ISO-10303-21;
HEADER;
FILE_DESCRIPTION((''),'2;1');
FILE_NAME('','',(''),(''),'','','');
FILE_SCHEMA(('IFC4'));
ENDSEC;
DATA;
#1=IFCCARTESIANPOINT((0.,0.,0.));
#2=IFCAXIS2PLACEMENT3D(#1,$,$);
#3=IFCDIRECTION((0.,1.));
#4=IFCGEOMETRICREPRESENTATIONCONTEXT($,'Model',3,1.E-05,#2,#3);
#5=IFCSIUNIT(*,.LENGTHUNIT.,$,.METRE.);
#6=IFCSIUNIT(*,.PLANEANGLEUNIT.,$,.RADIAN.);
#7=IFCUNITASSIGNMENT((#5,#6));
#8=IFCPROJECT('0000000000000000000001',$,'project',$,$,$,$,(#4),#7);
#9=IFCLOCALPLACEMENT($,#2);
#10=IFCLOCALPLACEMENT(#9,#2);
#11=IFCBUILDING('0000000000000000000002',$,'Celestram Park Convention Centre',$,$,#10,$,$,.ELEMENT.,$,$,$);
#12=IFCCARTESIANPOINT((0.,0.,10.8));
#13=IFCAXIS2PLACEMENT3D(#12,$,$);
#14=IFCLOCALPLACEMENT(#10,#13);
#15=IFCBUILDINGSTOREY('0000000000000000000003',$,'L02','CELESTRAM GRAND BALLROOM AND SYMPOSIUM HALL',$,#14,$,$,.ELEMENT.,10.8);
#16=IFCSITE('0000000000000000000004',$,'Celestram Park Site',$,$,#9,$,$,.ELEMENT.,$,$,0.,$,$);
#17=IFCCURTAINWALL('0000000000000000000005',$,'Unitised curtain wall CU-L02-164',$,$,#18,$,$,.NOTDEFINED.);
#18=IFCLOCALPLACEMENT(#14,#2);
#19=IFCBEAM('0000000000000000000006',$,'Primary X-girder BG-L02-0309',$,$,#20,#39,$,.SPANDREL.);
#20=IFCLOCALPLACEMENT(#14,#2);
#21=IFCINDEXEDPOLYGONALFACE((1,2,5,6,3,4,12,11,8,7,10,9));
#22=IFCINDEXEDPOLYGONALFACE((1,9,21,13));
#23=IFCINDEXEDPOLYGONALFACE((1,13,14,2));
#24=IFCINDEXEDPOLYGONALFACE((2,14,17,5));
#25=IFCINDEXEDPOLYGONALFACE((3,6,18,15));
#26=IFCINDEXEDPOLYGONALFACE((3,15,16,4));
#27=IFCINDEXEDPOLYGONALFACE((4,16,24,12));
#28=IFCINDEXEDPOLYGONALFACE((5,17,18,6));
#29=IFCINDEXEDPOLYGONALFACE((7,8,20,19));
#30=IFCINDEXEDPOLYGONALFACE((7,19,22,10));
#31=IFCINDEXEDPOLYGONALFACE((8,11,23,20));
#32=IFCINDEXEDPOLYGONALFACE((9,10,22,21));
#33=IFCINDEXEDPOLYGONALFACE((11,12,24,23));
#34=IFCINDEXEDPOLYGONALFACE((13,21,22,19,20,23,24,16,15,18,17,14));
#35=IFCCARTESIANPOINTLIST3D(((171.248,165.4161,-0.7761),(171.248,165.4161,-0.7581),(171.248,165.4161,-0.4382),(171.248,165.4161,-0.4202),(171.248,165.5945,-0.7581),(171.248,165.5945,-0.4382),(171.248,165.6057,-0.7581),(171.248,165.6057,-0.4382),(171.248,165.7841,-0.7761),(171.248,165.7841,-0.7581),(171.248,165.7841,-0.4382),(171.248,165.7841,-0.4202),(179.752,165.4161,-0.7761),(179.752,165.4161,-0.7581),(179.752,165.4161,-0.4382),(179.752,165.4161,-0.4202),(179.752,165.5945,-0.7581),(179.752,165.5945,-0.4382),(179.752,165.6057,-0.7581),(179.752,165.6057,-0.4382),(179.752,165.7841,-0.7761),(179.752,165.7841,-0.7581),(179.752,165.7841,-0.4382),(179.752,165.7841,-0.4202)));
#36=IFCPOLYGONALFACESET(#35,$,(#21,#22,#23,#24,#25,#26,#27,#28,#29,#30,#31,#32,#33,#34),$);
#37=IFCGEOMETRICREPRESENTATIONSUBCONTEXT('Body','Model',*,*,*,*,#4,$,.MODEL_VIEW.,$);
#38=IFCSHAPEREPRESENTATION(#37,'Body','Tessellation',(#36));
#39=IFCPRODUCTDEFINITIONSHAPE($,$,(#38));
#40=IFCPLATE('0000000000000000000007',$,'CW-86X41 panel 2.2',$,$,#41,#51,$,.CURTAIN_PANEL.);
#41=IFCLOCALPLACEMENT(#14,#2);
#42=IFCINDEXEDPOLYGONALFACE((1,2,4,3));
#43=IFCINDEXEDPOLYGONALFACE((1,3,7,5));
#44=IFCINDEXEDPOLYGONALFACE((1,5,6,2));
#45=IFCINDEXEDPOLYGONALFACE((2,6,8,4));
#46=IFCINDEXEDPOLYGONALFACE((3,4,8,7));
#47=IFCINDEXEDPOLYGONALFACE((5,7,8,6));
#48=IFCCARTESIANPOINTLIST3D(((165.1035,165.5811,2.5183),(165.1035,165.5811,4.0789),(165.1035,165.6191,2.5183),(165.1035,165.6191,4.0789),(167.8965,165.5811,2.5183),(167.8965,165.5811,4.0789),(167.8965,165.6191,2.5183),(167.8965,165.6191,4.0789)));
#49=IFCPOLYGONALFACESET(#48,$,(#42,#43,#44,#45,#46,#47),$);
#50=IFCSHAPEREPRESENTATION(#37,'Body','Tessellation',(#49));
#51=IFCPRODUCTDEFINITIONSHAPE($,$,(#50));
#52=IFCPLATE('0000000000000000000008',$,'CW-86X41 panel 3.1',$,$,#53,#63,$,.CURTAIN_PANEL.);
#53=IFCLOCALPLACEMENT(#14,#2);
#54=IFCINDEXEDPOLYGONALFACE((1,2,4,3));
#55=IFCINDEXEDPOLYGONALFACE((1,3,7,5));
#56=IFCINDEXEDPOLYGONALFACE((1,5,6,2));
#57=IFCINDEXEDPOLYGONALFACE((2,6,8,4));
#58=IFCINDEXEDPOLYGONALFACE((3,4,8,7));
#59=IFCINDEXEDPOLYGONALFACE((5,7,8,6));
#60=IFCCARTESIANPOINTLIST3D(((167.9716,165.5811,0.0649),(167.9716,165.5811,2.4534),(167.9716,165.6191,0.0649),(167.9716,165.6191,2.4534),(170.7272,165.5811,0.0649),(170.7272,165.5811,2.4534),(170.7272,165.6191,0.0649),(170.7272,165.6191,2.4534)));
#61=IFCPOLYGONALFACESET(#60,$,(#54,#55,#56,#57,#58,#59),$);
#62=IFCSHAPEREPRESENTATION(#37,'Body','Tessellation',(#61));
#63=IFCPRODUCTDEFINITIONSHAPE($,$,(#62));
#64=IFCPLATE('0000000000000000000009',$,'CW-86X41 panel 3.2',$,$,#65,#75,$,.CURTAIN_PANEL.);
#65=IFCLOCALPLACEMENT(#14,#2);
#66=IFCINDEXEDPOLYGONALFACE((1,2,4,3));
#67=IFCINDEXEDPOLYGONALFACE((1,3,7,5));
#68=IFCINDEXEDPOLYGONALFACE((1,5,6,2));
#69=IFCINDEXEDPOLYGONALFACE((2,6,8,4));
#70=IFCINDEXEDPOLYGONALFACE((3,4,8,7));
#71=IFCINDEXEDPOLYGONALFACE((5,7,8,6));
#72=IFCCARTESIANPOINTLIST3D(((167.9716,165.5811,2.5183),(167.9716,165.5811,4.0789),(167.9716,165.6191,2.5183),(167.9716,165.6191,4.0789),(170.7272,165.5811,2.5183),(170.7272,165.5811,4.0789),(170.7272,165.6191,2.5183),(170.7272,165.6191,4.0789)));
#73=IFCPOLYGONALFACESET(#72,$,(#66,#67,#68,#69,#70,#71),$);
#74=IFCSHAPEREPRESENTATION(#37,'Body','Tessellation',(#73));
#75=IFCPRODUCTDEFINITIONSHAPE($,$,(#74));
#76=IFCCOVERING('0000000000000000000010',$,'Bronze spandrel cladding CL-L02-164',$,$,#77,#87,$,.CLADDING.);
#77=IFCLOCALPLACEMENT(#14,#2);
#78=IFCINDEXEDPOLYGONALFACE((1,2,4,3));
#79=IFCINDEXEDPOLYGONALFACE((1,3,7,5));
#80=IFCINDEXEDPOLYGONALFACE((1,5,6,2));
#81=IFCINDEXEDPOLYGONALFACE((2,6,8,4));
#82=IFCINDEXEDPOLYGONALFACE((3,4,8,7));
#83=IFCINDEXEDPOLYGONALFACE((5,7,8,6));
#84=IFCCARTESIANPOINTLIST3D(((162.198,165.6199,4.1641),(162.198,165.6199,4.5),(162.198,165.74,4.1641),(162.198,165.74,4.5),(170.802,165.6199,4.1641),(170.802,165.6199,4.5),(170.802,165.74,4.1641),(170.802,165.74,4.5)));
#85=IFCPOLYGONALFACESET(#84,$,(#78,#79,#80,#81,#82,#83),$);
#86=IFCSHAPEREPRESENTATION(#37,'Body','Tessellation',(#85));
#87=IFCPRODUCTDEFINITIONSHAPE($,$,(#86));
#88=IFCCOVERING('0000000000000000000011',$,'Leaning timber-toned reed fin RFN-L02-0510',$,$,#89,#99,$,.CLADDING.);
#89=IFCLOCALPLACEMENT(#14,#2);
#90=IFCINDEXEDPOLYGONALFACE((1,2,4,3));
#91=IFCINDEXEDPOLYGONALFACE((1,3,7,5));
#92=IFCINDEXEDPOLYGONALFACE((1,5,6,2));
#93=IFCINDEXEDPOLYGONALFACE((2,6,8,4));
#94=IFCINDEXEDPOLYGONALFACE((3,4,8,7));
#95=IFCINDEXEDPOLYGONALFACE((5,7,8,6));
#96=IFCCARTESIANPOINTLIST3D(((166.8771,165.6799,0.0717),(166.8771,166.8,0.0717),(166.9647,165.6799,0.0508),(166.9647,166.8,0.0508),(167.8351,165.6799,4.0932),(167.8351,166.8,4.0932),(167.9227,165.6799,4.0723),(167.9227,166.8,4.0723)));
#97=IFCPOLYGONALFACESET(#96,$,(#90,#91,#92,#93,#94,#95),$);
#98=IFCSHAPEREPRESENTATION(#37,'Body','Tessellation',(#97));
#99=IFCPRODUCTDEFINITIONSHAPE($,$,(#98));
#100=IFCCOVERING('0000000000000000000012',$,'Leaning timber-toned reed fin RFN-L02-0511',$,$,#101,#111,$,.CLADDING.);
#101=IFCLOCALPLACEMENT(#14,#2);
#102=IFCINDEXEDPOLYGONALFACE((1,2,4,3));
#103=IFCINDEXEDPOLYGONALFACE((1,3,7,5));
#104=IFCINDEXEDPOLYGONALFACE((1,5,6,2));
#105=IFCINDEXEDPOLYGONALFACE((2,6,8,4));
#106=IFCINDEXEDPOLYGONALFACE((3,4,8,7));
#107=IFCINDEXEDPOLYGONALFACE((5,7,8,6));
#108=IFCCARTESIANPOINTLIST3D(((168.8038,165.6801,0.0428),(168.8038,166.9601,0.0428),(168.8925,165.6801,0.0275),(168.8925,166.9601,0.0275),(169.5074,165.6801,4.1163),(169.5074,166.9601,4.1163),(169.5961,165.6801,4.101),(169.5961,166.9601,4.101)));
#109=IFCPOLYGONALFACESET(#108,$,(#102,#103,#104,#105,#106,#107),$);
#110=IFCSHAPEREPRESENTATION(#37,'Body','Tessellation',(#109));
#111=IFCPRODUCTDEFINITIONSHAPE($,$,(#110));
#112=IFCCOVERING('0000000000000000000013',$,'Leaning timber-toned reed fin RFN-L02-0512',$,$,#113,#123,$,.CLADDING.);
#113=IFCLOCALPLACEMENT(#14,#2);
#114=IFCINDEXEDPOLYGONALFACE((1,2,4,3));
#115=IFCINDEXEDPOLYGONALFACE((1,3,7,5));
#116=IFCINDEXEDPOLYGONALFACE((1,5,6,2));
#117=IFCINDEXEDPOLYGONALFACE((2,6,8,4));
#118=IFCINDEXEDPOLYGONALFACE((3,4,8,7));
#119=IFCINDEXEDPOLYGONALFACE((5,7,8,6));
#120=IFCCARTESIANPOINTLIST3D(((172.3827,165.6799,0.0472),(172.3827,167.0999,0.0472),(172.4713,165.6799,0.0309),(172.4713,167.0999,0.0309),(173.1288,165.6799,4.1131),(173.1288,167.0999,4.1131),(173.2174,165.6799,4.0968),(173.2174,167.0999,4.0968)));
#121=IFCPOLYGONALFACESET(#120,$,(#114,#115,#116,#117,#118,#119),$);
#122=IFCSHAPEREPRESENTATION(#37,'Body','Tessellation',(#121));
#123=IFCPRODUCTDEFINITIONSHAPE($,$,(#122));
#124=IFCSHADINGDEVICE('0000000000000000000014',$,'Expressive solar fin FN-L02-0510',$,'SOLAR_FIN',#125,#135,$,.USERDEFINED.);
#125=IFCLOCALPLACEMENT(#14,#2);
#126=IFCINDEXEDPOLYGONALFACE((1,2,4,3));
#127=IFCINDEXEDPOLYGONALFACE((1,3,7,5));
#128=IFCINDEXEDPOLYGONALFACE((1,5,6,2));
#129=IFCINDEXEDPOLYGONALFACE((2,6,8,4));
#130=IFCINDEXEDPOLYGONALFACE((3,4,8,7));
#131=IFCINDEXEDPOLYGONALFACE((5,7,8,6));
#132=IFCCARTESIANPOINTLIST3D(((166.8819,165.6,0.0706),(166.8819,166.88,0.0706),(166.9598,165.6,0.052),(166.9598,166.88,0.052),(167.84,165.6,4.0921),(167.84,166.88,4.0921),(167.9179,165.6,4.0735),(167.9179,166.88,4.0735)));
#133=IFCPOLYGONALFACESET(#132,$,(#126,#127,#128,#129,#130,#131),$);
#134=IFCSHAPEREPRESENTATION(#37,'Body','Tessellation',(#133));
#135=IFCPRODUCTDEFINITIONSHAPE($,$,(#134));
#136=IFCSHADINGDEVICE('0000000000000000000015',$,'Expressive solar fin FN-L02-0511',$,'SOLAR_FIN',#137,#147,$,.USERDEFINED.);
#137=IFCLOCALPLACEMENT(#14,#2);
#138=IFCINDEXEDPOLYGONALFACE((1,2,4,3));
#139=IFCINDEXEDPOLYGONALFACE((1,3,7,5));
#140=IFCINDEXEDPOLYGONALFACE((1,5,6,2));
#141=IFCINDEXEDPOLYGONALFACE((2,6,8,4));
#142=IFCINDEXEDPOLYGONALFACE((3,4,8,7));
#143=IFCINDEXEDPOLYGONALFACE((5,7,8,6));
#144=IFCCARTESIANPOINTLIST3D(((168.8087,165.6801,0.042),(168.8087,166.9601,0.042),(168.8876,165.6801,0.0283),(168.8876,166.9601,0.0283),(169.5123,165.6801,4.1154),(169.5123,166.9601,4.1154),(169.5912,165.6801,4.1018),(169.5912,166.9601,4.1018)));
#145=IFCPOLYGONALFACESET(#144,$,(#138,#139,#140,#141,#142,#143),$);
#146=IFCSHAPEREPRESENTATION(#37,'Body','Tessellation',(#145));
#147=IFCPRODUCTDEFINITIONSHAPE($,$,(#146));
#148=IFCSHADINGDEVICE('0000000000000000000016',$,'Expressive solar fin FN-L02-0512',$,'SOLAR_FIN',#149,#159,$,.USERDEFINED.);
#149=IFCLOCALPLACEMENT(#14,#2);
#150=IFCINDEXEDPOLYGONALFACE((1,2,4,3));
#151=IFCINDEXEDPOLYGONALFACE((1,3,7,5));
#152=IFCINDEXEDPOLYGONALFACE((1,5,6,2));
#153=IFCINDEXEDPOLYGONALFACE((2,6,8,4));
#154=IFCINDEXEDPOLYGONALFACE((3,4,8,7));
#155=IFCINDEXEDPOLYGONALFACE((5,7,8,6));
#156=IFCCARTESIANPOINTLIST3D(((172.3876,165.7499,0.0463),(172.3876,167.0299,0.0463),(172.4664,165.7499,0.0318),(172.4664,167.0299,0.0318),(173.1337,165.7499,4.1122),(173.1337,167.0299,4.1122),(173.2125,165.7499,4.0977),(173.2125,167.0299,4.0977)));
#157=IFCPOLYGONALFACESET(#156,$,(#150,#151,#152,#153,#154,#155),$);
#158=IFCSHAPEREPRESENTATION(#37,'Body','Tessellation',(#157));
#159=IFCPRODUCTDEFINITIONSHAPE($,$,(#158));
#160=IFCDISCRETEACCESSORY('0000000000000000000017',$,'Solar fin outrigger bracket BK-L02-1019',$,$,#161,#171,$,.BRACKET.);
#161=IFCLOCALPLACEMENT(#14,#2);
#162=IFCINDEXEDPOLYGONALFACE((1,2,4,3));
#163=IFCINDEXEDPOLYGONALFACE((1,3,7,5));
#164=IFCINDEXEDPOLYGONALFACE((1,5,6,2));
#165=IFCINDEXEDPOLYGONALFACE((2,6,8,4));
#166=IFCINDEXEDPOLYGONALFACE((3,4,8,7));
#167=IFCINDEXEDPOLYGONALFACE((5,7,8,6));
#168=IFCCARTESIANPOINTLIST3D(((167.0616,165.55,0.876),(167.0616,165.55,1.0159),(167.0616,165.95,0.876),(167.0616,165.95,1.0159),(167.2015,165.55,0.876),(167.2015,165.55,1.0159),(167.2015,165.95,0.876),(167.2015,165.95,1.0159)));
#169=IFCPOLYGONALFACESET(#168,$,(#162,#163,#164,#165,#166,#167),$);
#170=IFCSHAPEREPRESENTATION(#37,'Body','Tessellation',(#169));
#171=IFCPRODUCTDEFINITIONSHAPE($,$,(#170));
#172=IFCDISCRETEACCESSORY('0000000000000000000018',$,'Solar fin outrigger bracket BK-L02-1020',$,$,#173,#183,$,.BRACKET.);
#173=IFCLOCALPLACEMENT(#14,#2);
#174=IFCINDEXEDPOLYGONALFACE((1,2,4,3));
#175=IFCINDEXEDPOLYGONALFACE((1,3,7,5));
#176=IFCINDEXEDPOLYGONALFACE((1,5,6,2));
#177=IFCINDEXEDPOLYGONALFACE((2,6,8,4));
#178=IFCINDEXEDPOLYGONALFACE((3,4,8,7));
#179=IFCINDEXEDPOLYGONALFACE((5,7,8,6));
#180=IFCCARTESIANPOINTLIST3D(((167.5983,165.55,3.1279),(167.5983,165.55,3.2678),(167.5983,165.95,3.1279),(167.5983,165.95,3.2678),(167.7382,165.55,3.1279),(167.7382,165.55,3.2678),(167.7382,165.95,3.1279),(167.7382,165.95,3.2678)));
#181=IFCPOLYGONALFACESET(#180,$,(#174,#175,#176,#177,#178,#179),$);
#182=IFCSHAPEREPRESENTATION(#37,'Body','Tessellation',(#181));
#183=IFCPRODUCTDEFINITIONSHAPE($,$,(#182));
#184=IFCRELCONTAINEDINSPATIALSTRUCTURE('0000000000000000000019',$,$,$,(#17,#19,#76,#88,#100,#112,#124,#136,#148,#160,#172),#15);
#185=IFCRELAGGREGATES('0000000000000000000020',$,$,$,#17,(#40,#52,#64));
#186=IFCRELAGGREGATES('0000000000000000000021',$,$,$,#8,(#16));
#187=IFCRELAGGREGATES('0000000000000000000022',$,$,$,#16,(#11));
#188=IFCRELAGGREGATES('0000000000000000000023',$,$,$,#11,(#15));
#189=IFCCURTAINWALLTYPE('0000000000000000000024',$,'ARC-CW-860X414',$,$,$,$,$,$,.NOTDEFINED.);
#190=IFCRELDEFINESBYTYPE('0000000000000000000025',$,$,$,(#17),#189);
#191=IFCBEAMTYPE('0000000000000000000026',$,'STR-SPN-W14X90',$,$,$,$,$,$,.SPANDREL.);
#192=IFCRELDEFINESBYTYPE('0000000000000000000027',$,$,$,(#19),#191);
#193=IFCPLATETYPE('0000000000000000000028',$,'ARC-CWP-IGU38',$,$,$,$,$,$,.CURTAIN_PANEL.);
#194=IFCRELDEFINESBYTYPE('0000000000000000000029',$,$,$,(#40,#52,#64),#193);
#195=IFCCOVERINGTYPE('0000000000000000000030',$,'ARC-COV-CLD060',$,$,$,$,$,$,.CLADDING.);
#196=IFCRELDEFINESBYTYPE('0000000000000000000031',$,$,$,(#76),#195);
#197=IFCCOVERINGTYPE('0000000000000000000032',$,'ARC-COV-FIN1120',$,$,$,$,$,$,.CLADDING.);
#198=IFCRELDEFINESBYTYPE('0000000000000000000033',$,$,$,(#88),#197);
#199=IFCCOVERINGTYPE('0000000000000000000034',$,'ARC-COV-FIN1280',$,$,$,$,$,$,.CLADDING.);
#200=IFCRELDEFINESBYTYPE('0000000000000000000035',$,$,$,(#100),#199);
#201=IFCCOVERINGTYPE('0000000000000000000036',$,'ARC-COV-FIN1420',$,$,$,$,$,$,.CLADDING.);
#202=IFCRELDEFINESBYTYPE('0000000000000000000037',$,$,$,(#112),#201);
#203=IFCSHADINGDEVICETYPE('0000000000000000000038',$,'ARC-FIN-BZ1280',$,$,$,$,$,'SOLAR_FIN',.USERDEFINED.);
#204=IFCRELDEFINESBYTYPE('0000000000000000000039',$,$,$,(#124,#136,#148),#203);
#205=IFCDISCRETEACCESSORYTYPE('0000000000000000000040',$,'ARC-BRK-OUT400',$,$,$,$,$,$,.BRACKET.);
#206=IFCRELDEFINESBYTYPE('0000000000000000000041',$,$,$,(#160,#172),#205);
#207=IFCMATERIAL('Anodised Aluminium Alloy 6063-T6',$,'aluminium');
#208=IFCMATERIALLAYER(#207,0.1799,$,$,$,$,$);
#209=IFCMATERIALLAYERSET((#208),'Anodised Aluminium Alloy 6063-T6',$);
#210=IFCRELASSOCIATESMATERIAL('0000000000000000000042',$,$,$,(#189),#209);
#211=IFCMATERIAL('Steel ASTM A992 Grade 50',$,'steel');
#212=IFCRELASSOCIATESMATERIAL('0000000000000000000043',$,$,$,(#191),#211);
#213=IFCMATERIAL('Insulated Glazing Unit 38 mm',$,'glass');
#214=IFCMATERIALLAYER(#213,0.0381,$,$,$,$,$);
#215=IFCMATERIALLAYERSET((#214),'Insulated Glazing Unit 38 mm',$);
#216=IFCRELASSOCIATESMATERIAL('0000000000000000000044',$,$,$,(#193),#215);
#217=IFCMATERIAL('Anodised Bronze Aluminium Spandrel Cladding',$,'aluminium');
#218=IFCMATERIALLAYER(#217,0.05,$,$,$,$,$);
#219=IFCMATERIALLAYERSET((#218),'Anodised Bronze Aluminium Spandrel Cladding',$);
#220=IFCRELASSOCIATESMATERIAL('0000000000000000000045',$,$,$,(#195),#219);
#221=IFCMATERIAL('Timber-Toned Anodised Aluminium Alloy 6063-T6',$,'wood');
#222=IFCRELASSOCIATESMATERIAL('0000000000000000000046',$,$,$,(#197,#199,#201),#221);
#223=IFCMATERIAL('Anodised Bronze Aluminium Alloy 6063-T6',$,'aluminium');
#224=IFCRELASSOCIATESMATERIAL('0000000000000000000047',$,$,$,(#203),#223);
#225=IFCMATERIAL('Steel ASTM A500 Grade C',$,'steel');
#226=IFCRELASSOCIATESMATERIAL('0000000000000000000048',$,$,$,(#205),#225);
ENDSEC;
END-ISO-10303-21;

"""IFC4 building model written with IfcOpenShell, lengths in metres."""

from ifc_helpers import new_model, si_unit, direction, frame, origin, origin_2d, place, context, subcontext, project, spatial, rectangle, i_section, extrude, material, layer, layer_set, material_profile, profile_set, type_object, element, aggregate, save


model = new_model("IFC4")

# Units and contexts
model_context = context("Model", 3, precision=1e-05, world=origin(), true_north=direction((0.0, 1.0)))
body_context = subcontext(model_context, "Body", "Model", "MODEL_VIEW")
ifc_project = project(units=[si_unit("LENGTHUNIT", "METRE"), si_unit("PLANEANGLEUNIT", "RADIAN")], contexts=[model_context])

# Site, building, storey
site_placement = place(None, origin())
site = spatial("IfcSite", under=ifc_project, at=site_placement, Name="Celestram Park Site", CompositionType="ELEMENT", RefElevation=0.0)
building_placement = place(site_placement, origin())
building = spatial("IfcBuilding", under=site, at=building_placement, Name="Celestram Park Convention Centre", CompositionType="ELEMENT")
storey_placement = place(building_placement, frame((0.0, 0.0, 10.8)))
storey = spatial("IfcBuildingStorey", under=building, at=storey_placement, Name="L02", Description="CELESTRAM GRAND BALLROOM AND SYMPOSIUM HALL", CompositionType="ELEMENT", Elevation=10.8)

# Shared definitions
ifc_material_1 = material(Name="Steel ASTM A500 Grade C", Category="steel")

# Curtain wall
ifc_material_2 = material(Name="Anodised Aluminium Alloy 6063-T6", Category="aluminium")
ifc_layer_1 = layer(ifc_material_2, 0.1799)
ifc_layer_set_1 = layer_set([ifc_layer_1], Name="Anodised Aluminium Alloy 6063-T6")
curtain_wall_type = type_object("IfcCurtainWallType", Name="ARC-CW-860X414", PredefinedType="NOTDEFINED", material=ifc_layer_set_1)
curtain_wall_1_placement = place(storey_placement, origin())
curtain_wall_1 = element("IfcCurtainWall", 1, at=curtain_wall_1_placement, inside=storey, type_object=curtain_wall_type, Name="Unitised curtain wall CU-L02-164", PredefinedType="NOTDEFINED")

# Beam
ifc_material_3 = material(Name="Steel ASTM A992 Grade 50", Category="steel")
ifc_material_profile_1 = material_profile(ifc_material_3, i_section(OverallWidth=0.3679, OverallDepth=0.356, WebThickness=0.0112, FlangeThickness=0.0181, at=origin_2d()), Name="W14X90")
ifc_profile_set_1 = profile_set([ifc_material_profile_1], Name="Steel ASTM A992 Grade 50")
beam_type = type_object("IfcBeamType", Name="STR-SPN-W14X90", PredefinedType="SPANDREL", material=ifc_profile_set_1)
beam_placement = place(storey_placement, frame((171.248, 165.6001, -0.5981), z_axis=(1.0, 0.0, 0.0), x_axis=(0.0, 1.0, 0.0)))
element("IfcBeam", 2, at=beam_placement, inside=storey, type_object=beam_type, Name="Primary X-girder BG-L02-0309", PredefinedType="SPANDREL", context=body_context, shape_type="SweptSolid", body=[
    extrude(i_section(OverallWidth=0.3679, OverallDepth=0.356, WebThickness=0.0112, FlangeThickness=0.0181, at=origin_2d()), origin(), (0.0, 0.0, 1.0), 8.5039),
])

# Plates
ifc_material_4 = material(Name="Insulated Glazing Unit 38 mm", Category="glass")
ifc_layer_2 = layer(ifc_material_4, 0.0381)
ifc_layer_set_2 = layer_set([ifc_layer_2], Name="Insulated Glazing Unit 38 mm")
plate_type = type_object("IfcPlateType", Name="ARC-CWP-IGU38", PredefinedType="CURTAIN_PANEL", material=ifc_layer_set_2)
plate_1_placement = place(storey_placement, frame((166.5, 165.6001, 2.5183), z_axis=(0.0, 0.0, 1.0), x_axis=(1.0, 0.0, 0.0)))
plate_1 = element("IfcPlate", 3, at=plate_1_placement, type_object=plate_type, Name="CW-86X41 panel 2.2", PredefinedType="CURTAIN_PANEL", context=body_context, shape_type="SweptSolid", body=[
    extrude(rectangle(XDim=2.793, YDim=0.0381, at=origin_2d()), origin(), (0.0, 0.0, 1.0), 1.5605),
])
plate_2_placement = place(storey_placement, frame((169.3494, 165.6001, 0.0649), z_axis=(0.0, 0.0, 1.0), x_axis=(1.0, 0.0, 0.0)))
plate_2 = element("IfcPlate", 4, at=plate_2_placement, type_object=plate_type, Name="CW-86X41 panel 3.1", PredefinedType="CURTAIN_PANEL", context=body_context, shape_type="SweptSolid", body=[
    extrude(rectangle(XDim=2.7556, YDim=0.0381, at=origin_2d()), origin(), (0.0, 0.0, 1.0), 2.3884),
])
plate_3_placement = place(storey_placement, frame((169.3494, 165.6001, 2.5183), z_axis=(0.0, 0.0, 1.0), x_axis=(1.0, 0.0, 0.0)))
plate_3 = element("IfcPlate", 5, at=plate_3_placement, type_object=plate_type, Name="CW-86X41 panel 3.2", PredefinedType="CURTAIN_PANEL", context=body_context, shape_type="SweptSolid", body=[
    extrude(rectangle(XDim=2.7556, YDim=0.0381, at=origin_2d()), origin(), (0.0, 0.0, 1.0), 1.5605),
])
aggregate(curtain_wall_1, [plate_1, plate_2, plate_3])

# Coverings
ifc_material_5 = material(Name="Anodised Bronze Aluminium Spandrel Cladding", Category="aluminium")
ifc_layer_3 = layer(ifc_material_5, 0.05)
ifc_layer_set_3 = layer_set([ifc_layer_3], Name="Anodised Bronze Aluminium Spandrel Cladding")
covering_type_1 = type_object("IfcCoveringType", Name="ARC-COV-CLD060", PredefinedType="CLADDING", material=ifc_layer_set_3)
covering_1_placement = place(storey_placement, frame((166.5, 165.6799, 4.1641), z_axis=(0.0, 0.0, 1.0), x_axis=(1.0, 0.0, 0.0)))
element("IfcCovering", 6, at=covering_1_placement, inside=storey, type_object=covering_type_1, Name="Bronze spandrel cladding CL-L02-164", PredefinedType="CLADDING", context=body_context, shape_type="SweptSolid", body=[
    extrude(rectangle(XDim=8.604, YDim=0.1201, at=origin_2d()), origin(), (0.0, 0.0, 1.0), 0.3359),
])
ifc_material_6 = material(Name="Timber-Toned Anodised Aluminium Alloy 6063-T6", Category="wood")
ifc_material_profile_2 = material_profile(ifc_material_6, rectangle(XDim=1.1201, YDim=0.0901, at=origin_2d()), Name="REED1120X90")
ifc_profile_set_2 = profile_set([ifc_material_profile_2], Name="Timber-Toned Anodised Aluminium Alloy 6063-T6")
covering_type_2 = type_object("IfcCoveringType", Name="ARC-COV-FIN1120", PredefinedType="CLADDING", material=ifc_profile_set_2)
covering_2_placement = place(storey_placement, frame((166.9209, 166.24, 0.0613), z_axis=(0.231738, 0.0, 0.972778), x_axis=(0.0, 1.0, 0.0)))
element("IfcCovering", 7, at=covering_2_placement, inside=storey, type_object=covering_type_2, Name="Leaning timber-toned reed fin RFN-L02-0510", PredefinedType="CLADDING", context=body_context, shape_type="SweptSolid", body=[
    extrude(rectangle(XDim=1.1201, YDim=0.0901, at=origin_2d()), origin(), (0.0, 0.0, 1.0), 4.134),
])
ifc_material_profile_3 = material_profile(ifc_material_6, rectangle(XDim=1.28, YDim=0.0901, at=origin_2d()), Name="REED1280X90")
ifc_profile_set_3 = profile_set([ifc_material_profile_3], Name="Timber-Toned Anodised Aluminium Alloy 6063-T6")
covering_type_3 = type_object("IfcCoveringType", Name="ARC-COV-FIN1280", PredefinedType="CLADDING", material=ifc_profile_set_3)
covering_3_placement = place(storey_placement, frame((168.8481, 166.3201, 0.0352), z_axis=(0.17021, 0.0, 0.985408), x_axis=(0.0, 1.0, 0.0)))
element("IfcCovering", 8, at=covering_3_placement, inside=storey, type_object=covering_type_3, Name="Leaning timber-toned reed fin RFN-L02-0511", PredefinedType="CLADDING", context=body_context, shape_type="SweptSolid", body=[
    extrude(rectangle(XDim=1.28, YDim=0.0901, at=origin_2d()), origin(), (0.0, 0.0, 1.0), 4.1338),
])
ifc_material_profile_4 = material_profile(ifc_material_6, rectangle(XDim=1.4199, YDim=0.0901, at=origin_2d()), Name="REED1420X90")
ifc_profile_set_4 = profile_set([ifc_material_profile_4], Name="Timber-Toned Anodised Aluminium Alloy 6063-T6")
covering_type_4 = type_object("IfcCoveringType", Name="ARC-COV-FIN1420", PredefinedType="CLADDING", material=ifc_profile_set_4)
covering_4_placement = place(storey_placement, frame((172.427, 166.3899, 0.0391), z_axis=(0.180486, 0.0, 0.983578), x_axis=(0.0, 1.0, 0.0)))
element("IfcCovering", 9, at=covering_4_placement, inside=storey, type_object=covering_type_4, Name="Leaning timber-toned reed fin RFN-L02-0512", PredefinedType="CLADDING", context=body_context, shape_type="SweptSolid", body=[
    extrude(rectangle(XDim=1.4199, YDim=0.0901, at=origin_2d()), origin(), (0.0, 0.0, 1.0), 4.1338),
])

# Shading devices
ifc_material_7 = material(Name="Anodised Bronze Aluminium Alloy 6063-T6", Category="aluminium")
ifc_material_profile_5 = material_profile(ifc_material_7, rectangle(XDim=1.28, YDim=0.0801, at=origin_2d()), Name="FIN1280X80")
ifc_profile_set_5 = profile_set([ifc_material_profile_5], Name="Anodised Bronze Aluminium Alloy 6063-T6")
shading_device_type = type_object("IfcShadingDeviceType", Name="ARC-FIN-BZ1280", ElementType="SOLAR_FIN", PredefinedType="USERDEFINED", material=ifc_profile_set_5)
shading_device_placement = place(storey_placement, frame((166.9209, 166.24, 0.0613), z_axis=(0.231738, 0.0, 0.972778), x_axis=(0.0, 1.0, 0.0)))
element("IfcShadingDevice", 10, at=shading_device_placement, inside=storey, type_object=shading_device_type, Name="Expressive solar fin FN-L02-0510", ObjectType="SOLAR_FIN", PredefinedType="USERDEFINED", context=body_context, shape_type="SweptSolid", body=[
    extrude(rectangle(XDim=1.28, YDim=0.0801, at=origin_2d()), origin(), (0.0, 0.0, 1.0), 4.134),
])
for number, where, z_axis, x_axis, name in (
    (11, (168.8481, 166.3201, 0.0352), (0.17021, 0.0, 0.985408), (0.0, 1.0, 0.0), "Expressive solar fin FN-L02-0511"),
    (12, (172.427, 166.3899, 0.0391), (0.180486, 0.0, 0.983578), (0.0, 1.0, 0.0), "Expressive solar fin FN-L02-0512"),
):
    element("IfcShadingDevice", number, at=place(storey_placement, frame(where, z_axis=z_axis, x_axis=x_axis)), inside=storey, type_object=shading_device_type, Name=name, ObjectType="SOLAR_FIN", PredefinedType="USERDEFINED", context=body_context, shape_type="SweptSolid", body=[
        extrude(rectangle(XDim=1.28, YDim=0.0801, at=origin_2d()), origin(), (0.0, 0.0, 1.0), 4.1338),
    ])

# Discrete accessories
discrete_accessory_type = type_object("IfcDiscreteAccessoryType", Name="ARC-BRK-OUT400", PredefinedType="BRACKET", material=ifc_material_1)
for number, where, z_axis, x_axis, name in (
    (13, (167.1316, 165.75, 0.876), (0.0, 0.0, 1.0), (0.0, 1.0, 0.0), "Solar fin outrigger bracket BK-L02-1019"),
    (14, (167.6682, 165.75, 3.1279), (0.0, 0.0, 1.0), (0.0, 1.0, 0.0), "Solar fin outrigger bracket BK-L02-1020"),
):
    element("IfcDiscreteAccessory", number, at=place(storey_placement, frame(where, z_axis=z_axis, x_axis=x_axis)), inside=storey, type_object=discrete_accessory_type, Name=name, PredefinedType="BRACKET", context=body_context, shape_type="SweptSolid", body=[
        extrude(rectangle(XDim=0.3999, YDim=0.1399, at=origin_2d()), origin(), (0.0, 0.0, 1.0), 0.1399),
    ])

save(model, "model.ifc")
